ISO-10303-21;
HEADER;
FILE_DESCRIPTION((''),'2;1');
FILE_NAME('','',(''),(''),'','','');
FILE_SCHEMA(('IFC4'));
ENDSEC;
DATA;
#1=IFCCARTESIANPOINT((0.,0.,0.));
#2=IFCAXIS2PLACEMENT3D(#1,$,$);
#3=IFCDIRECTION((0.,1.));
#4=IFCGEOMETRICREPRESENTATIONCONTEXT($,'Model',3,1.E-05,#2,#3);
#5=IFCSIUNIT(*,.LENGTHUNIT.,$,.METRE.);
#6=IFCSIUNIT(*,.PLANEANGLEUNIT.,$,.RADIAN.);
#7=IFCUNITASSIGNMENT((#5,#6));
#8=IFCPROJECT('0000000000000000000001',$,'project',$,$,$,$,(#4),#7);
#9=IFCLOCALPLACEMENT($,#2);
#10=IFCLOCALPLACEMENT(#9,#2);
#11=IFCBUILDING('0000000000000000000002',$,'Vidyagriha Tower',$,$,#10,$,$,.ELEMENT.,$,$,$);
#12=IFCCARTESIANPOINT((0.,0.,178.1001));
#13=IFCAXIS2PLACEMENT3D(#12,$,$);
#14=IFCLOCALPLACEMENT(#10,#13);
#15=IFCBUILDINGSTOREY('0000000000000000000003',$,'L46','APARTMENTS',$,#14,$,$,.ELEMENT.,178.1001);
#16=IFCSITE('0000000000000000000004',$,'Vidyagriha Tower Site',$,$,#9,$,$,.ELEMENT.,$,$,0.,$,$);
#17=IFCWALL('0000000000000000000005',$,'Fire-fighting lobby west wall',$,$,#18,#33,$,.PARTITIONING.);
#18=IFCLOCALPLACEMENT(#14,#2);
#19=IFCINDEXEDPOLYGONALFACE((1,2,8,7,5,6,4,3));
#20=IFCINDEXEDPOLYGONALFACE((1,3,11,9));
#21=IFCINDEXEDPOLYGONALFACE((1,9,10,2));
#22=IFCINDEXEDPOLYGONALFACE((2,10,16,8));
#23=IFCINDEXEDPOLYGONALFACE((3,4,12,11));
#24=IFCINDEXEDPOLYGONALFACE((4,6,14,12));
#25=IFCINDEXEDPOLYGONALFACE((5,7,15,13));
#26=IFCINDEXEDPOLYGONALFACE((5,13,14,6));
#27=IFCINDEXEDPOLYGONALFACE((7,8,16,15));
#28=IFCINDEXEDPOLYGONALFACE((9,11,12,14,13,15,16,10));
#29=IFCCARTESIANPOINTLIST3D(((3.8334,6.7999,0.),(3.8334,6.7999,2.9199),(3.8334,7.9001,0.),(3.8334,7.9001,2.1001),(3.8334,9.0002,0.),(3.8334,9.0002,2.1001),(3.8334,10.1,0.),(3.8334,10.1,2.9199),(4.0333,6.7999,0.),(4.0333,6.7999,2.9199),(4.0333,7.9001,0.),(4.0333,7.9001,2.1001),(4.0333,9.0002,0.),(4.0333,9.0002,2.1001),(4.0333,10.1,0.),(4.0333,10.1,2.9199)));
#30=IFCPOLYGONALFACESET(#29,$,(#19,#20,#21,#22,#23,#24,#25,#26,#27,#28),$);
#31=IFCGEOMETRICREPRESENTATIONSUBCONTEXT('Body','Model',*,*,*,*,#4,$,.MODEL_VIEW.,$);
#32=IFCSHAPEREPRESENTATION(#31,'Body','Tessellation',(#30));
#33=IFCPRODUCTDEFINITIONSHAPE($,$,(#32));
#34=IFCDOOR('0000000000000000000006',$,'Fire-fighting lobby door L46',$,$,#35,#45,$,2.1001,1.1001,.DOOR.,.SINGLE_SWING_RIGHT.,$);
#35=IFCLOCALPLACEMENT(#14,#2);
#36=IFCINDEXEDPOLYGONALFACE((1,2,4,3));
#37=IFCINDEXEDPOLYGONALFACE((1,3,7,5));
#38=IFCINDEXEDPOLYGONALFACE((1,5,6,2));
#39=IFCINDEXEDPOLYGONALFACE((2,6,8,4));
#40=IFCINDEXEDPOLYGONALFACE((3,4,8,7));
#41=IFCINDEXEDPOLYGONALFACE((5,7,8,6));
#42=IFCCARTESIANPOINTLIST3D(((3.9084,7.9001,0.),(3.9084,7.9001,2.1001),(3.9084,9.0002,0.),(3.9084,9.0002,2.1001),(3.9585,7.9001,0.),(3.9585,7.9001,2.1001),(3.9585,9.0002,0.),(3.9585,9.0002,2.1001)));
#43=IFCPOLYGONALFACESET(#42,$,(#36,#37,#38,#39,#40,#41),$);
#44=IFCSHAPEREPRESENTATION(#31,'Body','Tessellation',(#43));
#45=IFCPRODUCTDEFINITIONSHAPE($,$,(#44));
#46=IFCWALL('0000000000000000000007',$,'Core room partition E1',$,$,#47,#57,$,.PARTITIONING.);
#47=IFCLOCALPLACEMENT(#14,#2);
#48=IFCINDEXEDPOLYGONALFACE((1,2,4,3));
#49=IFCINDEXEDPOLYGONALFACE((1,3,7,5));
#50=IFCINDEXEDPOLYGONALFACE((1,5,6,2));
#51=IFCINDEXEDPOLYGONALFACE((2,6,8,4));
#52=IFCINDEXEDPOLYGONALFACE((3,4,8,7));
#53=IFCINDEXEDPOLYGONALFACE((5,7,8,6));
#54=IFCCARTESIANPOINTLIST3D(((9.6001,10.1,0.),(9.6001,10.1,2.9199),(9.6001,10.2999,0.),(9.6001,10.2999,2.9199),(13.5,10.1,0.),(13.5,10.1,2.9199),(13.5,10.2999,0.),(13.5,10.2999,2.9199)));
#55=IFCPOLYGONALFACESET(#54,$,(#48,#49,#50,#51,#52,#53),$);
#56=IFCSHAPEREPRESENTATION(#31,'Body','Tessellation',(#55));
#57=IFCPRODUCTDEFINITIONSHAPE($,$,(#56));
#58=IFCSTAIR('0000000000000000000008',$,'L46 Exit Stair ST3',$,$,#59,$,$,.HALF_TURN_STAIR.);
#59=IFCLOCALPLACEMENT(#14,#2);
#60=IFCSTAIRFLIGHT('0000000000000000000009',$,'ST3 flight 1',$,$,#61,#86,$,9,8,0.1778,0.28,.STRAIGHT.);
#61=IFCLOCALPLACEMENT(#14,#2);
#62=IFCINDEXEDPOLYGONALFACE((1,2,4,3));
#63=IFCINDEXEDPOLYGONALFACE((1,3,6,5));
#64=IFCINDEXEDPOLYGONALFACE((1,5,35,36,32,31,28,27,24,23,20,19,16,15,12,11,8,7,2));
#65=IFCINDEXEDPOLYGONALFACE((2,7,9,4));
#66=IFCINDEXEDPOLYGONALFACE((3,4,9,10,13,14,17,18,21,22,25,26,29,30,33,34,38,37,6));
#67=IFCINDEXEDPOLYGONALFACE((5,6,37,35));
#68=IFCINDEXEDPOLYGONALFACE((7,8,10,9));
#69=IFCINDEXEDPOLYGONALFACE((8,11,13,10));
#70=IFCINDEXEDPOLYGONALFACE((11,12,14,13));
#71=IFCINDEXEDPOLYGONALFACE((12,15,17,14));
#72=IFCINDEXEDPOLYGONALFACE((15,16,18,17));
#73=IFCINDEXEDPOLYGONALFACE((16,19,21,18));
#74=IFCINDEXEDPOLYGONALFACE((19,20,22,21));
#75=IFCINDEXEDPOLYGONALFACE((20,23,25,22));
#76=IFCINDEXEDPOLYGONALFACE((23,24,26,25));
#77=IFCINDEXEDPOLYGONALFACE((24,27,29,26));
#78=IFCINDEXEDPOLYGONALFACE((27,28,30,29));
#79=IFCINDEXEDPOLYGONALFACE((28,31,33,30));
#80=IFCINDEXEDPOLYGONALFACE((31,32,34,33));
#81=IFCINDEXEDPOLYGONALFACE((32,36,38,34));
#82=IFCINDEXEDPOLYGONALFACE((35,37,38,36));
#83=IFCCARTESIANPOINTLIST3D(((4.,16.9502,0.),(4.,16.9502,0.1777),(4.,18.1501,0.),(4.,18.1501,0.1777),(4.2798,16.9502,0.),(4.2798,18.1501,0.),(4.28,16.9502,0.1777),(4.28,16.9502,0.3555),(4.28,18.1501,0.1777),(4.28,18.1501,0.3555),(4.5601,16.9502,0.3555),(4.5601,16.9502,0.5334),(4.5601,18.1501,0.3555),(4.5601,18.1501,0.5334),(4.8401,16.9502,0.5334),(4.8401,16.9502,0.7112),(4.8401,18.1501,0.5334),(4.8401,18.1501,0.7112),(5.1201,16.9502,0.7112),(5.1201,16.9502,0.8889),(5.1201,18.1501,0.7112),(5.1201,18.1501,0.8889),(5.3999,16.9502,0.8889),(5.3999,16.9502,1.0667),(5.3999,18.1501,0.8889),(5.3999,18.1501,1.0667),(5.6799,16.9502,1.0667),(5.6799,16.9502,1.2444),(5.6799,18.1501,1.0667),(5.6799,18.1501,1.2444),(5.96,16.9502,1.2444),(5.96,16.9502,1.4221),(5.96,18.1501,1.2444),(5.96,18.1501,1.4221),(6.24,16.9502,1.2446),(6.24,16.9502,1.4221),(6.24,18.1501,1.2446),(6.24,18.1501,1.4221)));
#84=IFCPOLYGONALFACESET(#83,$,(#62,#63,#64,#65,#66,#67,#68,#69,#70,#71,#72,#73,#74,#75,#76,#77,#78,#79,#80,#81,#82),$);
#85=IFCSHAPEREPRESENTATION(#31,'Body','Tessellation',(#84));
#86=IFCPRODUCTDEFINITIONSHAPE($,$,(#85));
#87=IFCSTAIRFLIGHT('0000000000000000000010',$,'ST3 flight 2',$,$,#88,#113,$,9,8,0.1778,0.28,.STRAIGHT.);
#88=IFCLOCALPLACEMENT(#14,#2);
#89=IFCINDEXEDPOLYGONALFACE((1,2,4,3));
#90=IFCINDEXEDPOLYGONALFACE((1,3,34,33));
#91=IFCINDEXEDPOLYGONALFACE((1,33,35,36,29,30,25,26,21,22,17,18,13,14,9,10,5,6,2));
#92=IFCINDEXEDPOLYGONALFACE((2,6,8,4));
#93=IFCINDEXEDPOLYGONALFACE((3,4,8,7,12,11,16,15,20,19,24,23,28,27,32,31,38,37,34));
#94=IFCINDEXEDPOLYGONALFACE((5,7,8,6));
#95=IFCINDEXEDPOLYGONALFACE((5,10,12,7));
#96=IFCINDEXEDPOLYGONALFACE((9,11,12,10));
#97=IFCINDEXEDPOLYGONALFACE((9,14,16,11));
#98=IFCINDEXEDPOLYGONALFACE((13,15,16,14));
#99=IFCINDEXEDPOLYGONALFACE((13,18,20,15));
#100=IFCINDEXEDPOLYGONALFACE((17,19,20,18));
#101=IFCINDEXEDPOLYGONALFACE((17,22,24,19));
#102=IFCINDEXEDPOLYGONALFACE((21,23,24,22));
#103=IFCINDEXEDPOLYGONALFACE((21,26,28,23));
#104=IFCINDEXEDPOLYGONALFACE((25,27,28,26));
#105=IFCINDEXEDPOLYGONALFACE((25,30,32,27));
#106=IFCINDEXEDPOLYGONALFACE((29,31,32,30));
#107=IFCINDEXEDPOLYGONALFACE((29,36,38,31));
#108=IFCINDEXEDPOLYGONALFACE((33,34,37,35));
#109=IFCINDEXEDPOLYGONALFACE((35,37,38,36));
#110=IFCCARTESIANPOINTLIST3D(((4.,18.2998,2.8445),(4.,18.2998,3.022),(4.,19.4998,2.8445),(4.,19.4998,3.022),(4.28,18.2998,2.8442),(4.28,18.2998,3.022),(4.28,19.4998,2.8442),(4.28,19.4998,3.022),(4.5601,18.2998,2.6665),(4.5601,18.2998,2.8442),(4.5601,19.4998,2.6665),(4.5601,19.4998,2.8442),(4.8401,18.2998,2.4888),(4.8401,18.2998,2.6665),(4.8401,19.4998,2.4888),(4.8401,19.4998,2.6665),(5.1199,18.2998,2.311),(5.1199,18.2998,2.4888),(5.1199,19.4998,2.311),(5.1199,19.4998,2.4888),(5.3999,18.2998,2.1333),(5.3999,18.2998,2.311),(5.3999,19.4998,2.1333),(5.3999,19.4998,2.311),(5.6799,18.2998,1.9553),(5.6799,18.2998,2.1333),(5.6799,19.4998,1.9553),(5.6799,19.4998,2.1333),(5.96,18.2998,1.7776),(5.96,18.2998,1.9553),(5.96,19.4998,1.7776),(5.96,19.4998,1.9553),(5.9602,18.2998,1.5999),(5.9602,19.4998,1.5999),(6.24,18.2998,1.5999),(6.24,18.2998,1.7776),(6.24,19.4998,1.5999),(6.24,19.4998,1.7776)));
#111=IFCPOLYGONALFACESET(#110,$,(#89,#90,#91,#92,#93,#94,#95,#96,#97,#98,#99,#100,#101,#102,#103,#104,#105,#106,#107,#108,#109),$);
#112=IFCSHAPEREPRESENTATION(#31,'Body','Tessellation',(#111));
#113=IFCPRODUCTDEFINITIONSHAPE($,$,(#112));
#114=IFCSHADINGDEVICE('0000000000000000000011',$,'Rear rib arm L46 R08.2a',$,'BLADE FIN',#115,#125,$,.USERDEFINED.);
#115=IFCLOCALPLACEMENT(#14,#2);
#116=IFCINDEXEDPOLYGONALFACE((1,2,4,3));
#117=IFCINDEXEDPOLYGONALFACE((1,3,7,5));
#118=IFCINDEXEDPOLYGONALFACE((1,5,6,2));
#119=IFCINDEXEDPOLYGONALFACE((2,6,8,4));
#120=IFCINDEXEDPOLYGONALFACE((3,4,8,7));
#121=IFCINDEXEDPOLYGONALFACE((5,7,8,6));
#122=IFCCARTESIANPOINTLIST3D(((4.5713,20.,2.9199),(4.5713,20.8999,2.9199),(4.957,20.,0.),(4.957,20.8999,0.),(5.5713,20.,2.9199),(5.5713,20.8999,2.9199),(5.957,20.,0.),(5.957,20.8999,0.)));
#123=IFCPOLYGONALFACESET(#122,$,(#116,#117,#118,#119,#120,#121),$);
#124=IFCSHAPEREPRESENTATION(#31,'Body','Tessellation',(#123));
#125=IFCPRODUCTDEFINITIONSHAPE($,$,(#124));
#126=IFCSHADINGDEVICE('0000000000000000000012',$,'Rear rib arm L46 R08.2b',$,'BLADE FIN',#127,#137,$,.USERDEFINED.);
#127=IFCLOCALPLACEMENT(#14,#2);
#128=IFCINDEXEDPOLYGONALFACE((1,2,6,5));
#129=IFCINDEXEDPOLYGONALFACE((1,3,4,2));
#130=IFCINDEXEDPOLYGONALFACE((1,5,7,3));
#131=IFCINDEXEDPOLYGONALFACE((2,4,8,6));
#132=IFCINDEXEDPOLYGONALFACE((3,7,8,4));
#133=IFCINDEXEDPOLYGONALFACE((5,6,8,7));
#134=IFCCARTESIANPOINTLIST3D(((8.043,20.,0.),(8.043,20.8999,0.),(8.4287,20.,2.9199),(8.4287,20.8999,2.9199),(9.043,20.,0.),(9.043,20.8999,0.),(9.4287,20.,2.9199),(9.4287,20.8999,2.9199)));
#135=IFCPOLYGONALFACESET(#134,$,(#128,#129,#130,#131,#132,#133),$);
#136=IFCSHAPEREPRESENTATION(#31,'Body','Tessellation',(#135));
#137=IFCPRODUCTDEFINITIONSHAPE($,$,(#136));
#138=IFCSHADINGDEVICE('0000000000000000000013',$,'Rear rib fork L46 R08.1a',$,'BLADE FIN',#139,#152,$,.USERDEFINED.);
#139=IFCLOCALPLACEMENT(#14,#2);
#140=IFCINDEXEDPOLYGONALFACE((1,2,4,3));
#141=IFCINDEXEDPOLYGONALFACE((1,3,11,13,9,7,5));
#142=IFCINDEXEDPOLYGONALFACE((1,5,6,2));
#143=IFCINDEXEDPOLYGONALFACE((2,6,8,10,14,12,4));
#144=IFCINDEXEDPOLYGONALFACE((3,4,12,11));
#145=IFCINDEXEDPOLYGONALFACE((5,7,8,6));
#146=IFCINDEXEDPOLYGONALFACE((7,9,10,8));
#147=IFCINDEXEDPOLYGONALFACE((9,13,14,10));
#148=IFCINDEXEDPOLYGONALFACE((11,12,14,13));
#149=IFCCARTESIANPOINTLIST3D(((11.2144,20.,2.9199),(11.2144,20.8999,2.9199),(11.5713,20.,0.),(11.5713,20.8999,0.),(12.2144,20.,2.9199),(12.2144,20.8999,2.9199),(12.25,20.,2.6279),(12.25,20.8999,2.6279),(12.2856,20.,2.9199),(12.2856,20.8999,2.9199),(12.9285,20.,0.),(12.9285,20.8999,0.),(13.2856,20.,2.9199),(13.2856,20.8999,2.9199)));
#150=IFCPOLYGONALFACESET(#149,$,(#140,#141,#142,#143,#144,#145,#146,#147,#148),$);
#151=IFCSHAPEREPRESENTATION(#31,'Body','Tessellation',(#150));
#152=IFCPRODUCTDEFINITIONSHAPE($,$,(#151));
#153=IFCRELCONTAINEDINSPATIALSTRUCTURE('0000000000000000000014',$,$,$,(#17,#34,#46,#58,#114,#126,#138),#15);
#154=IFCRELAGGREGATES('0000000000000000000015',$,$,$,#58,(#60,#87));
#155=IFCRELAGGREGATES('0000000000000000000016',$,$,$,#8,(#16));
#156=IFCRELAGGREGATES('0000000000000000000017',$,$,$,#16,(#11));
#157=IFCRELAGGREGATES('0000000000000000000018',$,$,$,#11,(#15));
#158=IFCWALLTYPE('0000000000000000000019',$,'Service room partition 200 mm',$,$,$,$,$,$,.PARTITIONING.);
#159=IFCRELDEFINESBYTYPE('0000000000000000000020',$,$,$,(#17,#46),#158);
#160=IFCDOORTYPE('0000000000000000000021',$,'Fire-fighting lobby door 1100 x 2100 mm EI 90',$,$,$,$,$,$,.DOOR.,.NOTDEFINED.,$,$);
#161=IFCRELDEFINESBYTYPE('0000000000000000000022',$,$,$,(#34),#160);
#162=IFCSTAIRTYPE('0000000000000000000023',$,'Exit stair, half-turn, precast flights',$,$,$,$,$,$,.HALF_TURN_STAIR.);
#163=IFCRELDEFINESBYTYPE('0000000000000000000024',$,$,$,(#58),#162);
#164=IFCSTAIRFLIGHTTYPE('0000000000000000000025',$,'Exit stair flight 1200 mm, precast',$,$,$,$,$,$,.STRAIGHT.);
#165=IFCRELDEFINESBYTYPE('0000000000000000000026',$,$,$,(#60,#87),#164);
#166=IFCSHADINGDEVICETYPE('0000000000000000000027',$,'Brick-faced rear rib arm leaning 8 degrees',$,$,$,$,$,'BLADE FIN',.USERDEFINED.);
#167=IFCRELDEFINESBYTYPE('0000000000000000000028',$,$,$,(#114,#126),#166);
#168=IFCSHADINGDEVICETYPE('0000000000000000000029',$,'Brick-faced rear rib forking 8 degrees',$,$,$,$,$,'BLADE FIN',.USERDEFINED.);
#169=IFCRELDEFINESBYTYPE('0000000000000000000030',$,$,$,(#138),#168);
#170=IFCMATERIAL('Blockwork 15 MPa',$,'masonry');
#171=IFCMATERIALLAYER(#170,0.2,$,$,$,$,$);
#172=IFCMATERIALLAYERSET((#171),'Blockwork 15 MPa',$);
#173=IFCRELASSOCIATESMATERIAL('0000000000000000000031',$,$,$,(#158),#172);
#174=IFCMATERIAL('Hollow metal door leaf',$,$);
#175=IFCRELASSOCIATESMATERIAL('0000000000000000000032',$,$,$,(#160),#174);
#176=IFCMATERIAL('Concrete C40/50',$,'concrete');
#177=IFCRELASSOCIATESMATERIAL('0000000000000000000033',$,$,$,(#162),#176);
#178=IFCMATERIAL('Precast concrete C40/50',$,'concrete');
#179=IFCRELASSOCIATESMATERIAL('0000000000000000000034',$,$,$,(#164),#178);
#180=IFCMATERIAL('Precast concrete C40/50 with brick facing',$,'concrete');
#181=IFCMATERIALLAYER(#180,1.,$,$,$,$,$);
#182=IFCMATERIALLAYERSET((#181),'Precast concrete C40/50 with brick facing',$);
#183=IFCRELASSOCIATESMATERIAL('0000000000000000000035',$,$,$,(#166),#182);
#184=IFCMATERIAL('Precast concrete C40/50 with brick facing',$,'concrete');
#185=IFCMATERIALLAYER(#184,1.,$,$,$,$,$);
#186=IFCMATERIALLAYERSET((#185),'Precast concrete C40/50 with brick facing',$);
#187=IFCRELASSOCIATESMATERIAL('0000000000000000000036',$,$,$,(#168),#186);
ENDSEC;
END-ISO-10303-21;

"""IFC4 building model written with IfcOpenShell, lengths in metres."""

from ifc_helpers import new_model, si_unit, direction, frame, frame_2d, origin, place, context, subcontext, project, spatial, polyline, rectangle, outline, extrude, material, layer, layer_set, type_object, element, fill, aggregate, save


model = new_model("IFC4")

# Units and contexts
model_context = context("Model", 3, precision=1e-05, world=origin(), true_north=direction((0.0, 1.0)))
body_context = subcontext(model_context, "Body", "Model", "MODEL_VIEW")
ifc_project = project(units=[si_unit("LENGTHUNIT", "METRE"), si_unit("PLANEANGLEUNIT", "RADIAN")], contexts=[model_context])

# Site, building, storey
site_placement = place(None, origin())
site = spatial("IfcSite", under=ifc_project, at=site_placement, Name="Vidyagriha Tower Site", CompositionType="ELEMENT", RefElevation=0.0)
building_placement = place(site_placement, origin())
building = spatial("IfcBuilding", under=site, at=building_placement, Name="Vidyagriha Tower", CompositionType="ELEMENT")
storey_placement = place(building_placement, frame((0.0, 0.0, 178.1001)))
storey = spatial("IfcBuildingStorey", under=building, at=storey_placement, Name="L46", Description="APARTMENTS", CompositionType="ELEMENT", Elevation=178.1001)

# Wall, opening, door
ifc_material_1 = material(Name="Blockwork 15 MPa", Category="masonry")
ifc_layer_1 = layer(ifc_material_1, 0.2)
ifc_layer_set_1 = layer_set([ifc_layer_1], Name="Blockwork 15 MPa")
wall_type_1 = type_object("IfcWallType", Name="Service room partition 200 mm", PredefinedType="PARTITIONING", material=ifc_layer_set_1)
wall_1_placement = place(storey_placement, frame((3.9333, 6.8, 0.0), z_axis=(0.0, 0.0, 1.0), x_axis=(0.0, 1.0, 0.0)))
wall_1 = element("IfcWall", 1, at=wall_1_placement, inside=storey, type_object=wall_type_1, Name="Fire-fighting lobby west wall", PredefinedType="PARTITIONING", context=body_context, shape_type="SweptSolid", body=[
    extrude(rectangle(XDim=3.3, YDim=0.2, at=frame_2d((1.6499, 0.0))), origin(), (0.0, 0.0, 1.0), 2.9199),
])
opening_1_placement = place(wall_1_placement, frame((1.1001, 0.0, 0.0)))
opening_1 = element("IfcOpeningElement", 2, at=opening_1_placement, cuts=wall_1, PredefinedType="OPENING", context=body_context, shape_type="SweptSolid", body=[
    extrude(rectangle(XDim=1.1001, YDim=2.1001, at=frame_2d((0.55, 1.05))), frame((0.0, 0.1099, 0.0), z_axis=(0.0, -1.0, 0.0), x_axis=(1.0, 0.0, 0.0)), (0.0, 0.0, 1.0), 0.22),
])
ifc_material_2 = material(Name="Hollow metal door leaf")
door_type_1 = type_object("IfcDoorType", Name="Fire-fighting lobby door 1100 x 2100 mm EI 90", OperationType="NOTDEFINED", PredefinedType="DOOR", material=ifc_material_2)
door_1_placement = place(opening_1_placement, origin())
door_1 = element("IfcDoor", 3, at=door_1_placement, inside=storey, type_object=door_type_1, Name="Fire-fighting lobby door L46", OperationType="SINGLE_SWING_RIGHT", OverallHeight=2.1001, OverallWidth=1.1001, PredefinedType="DOOR", context=body_context, shape_type="SweptSolid", body=[
    extrude(rectangle(XDim=1.1001, YDim=2.1001, at=frame_2d((0.55, 1.05))), frame((0.0, 0.0249, 0.0), z_axis=(0.0, -1.0, 0.0), x_axis=(1.0, 0.0, 0.0)), (0.0, 0.0, 1.0), 0.05),
])
fill(opening_1, door_1)

# Wall
wall_2_placement = place(storey_placement, frame((9.6001, 10.2, 0.0)))
element("IfcWall", 4, at=wall_2_placement, inside=storey, type_object=wall_type_1, Name="Core room partition E1", PredefinedType="PARTITIONING", context=body_context, shape_type="SweptSolid", body=[
    extrude(rectangle(XDim=3.8999, YDim=0.2, at=frame_2d((1.95, 0.0))), origin(), (0.0, 0.0, 1.0), 2.9199),
])

# Stair, stair flights
ifc_material_3 = material(Name="Concrete C40/50", Category="concrete")
stair_type = type_object("IfcStairType", Name="Exit stair, half-turn, precast flights", PredefinedType="HALF_TURN_STAIR", material=ifc_material_3)
stair_placement = place(storey_placement, origin())
stair = element("IfcStair", 5, at=stair_placement, inside=storey, type_object=stair_type, Name="L46 Exit Stair ST3", PredefinedType="HALF_TURN_STAIR")
ifc_material_4 = material(Name="Precast concrete C40/50", Category="concrete")
stair_flight_type = type_object("IfcStairFlightType", Name="Exit stair flight 1200 mm, precast", PredefinedType="STRAIGHT", material=ifc_material_4)
stair_flight_1_placement = place(storey_placement, frame((4.0, 17.55, 0.0)))
stair_flight_1 = element("IfcStairFlight", 6, at=stair_flight_1_placement, type_object=stair_flight_type, Name="ST3 flight 1", NumberOfRisers=9, NumberOfTreads=8, PredefinedType="STRAIGHT", RiserHeight=0.1778, TreadLength=0.28, context=body_context, shape_type="SweptSolid", body=[
    extrude(outline(polyline([(0.0, 0.0), (0.0, 0.1777), (0.28, 0.1777), (0.28, 0.3555), (0.5601, 0.3555), (0.5601, 0.5334), (0.8401, 0.5334), (0.8401, 0.7112), (1.1201, 0.7112), (1.1201, 0.8889), (1.3999, 0.8889), (1.3999, 1.0667), (1.6799, 1.0667), (1.6799, 1.2444), (1.96, 1.2444), (1.96, 1.4221), (2.24, 1.4221), (2.24, 1.6001), (2.24, 1.2446), (0.2798, 0.0), (0.0, 0.0)])), frame((0.0, 0.6001, 0.0), z_axis=(0.0, -1.0, 0.0), x_axis=(1.0, 0.0, 0.0)), (0.0, 0.0, 1.0), 1.2),
])
stair_flight_2_placement = place(storey_placement, frame((6.24, 18.8999, 1.5999), z_axis=(0.0, 0.0, 1.0), x_axis=(-1.0, 0.0, 0.0)))
stair_flight_2 = element("IfcStairFlight", 7, at=stair_flight_2_placement, type_object=stair_flight_type, Name="ST3 flight 2", NumberOfRisers=9, NumberOfTreads=8, PredefinedType="STRAIGHT", RiserHeight=0.1778, TreadLength=0.28, context=body_context, shape_type="SweptSolid", body=[
    extrude(outline(polyline([(0.0, 0.0), (0.0, 0.1777), (0.28, 0.1777), (0.28, 0.3555), (0.5601, 0.3555), (0.5601, 0.5334), (0.8401, 0.5334), (0.8401, 0.7112), (1.1201, 0.7112), (1.1201, 0.8889), (1.3999, 0.8889), (1.3999, 1.0667), (1.6799, 1.0667), (1.6799, 1.2444), (1.96, 1.2444), (1.96, 1.4221), (2.24, 1.4221), (2.24, 1.6001), (2.24, 1.2446), (0.2798, 0.0), (0.0, 0.0)])), frame((0.0, 0.6001, 0.0), z_axis=(0.0, -1.0, 0.0), x_axis=(1.0, 0.0, 0.0)), (0.0, 0.0, 1.0), 1.2),
])
aggregate(stair, [stair_flight_1, stair_flight_2])

# Shading devices
ifc_material_5 = material(Name="Precast concrete C40/50 with brick facing", Category="concrete")
ifc_layer_2 = layer(ifc_material_5, 1.0)
ifc_layer_set_2 = layer_set([ifc_layer_2], Name="Precast concrete C40/50 with brick facing")
shading_device_type_1 = type_object("IfcShadingDeviceType", Name="Brick-faced rear rib arm leaning 8 degrees", ElementType="BLADE FIN", PredefinedType="USERDEFINED", material=ifc_layer_set_2)
shading_device_1_placement = place(storey_placement, frame((5.957, 20.45, 0.0), z_axis=(0.0, 0.0, 1.0), x_axis=(-1.0, 0.0, 0.0)))
element("IfcShadingDevice", 8, at=shading_device_1_placement, inside=storey, type_object=shading_device_type_1, Name="Rear rib arm L46 R08.2a", ObjectType="BLADE FIN", PredefinedType="USERDEFINED", context=body_context, shape_type="SweptSolid", body=[
    extrude(outline(polyline([(0.0, 0.0), (1.0, 0.0), (1.3857, 2.9199), (0.3857, 2.9199), (0.0, 0.0)])), frame((0.0, 0.45, 0.0), z_axis=(0.0, -1.0, 0.0), x_axis=(1.0, 0.0, 0.0)), (0.0, 0.0, 1.0), 0.8999),
])
shading_device_2_placement = place(storey_placement, frame((9.4287, 20.45, 0.0), z_axis=(0.0, 0.0, 1.0), x_axis=(-1.0, 0.0, 0.0)))
element("IfcShadingDevice", 9, at=shading_device_2_placement, inside=storey, type_object=shading_device_type_1, Name="Rear rib arm L46 R08.2b", ObjectType="BLADE FIN", PredefinedType="USERDEFINED", context=body_context, shape_type="SweptSolid", body=[
    extrude(outline(polyline([(0.3857, 0.0), (1.3857, 0.0), (1.0, 2.9199), (0.0, 2.9199), (0.3857, 0.0)])), frame((0.0, 0.45, 0.0), z_axis=(0.0, -1.0, 0.0), x_axis=(1.0, 0.0, 0.0)), (0.0, 0.0, 1.0), 0.8999),
])
ifc_material_6 = material(Name="Precast concrete C40/50 with brick facing", Category="concrete")
ifc_layer_3 = layer(ifc_material_6, 1.0)
ifc_layer_set_3 = layer_set([ifc_layer_3], Name="Precast concrete C40/50 with brick facing")
shading_device_type_2 = type_object("IfcShadingDeviceType", Name="Brick-faced rear rib forking 8 degrees", ElementType="BLADE FIN", PredefinedType="USERDEFINED", material=ifc_layer_set_3)
shading_device_3_placement = place(storey_placement, frame((13.2856, 20.45, 0.0), z_axis=(0.0, 0.0, 1.0), x_axis=(-1.0, 0.0, 0.0)))
element("IfcShadingDevice", 10, at=shading_device_3_placement, inside=storey, type_object=shading_device_type_2, Name="Rear rib fork L46 R08.1a", ObjectType="BLADE FIN", PredefinedType="USERDEFINED", context=body_context, shape_type="SweptSolid", body=[
    extrude(outline(polyline([(0.3572, 0.0), (1.7144, 0.0), (2.0713, 2.9199), (1.0713, 2.9199), (1.0356, 2.6279), (1.0, 2.9199), (0.0, 2.9199), (0.3572, 0.0)])), frame((0.0, 0.45, 0.0), z_axis=(0.0, -1.0, 0.0), x_axis=(1.0, 0.0, 0.0)), (0.0, 0.0, 1.0), 0.8999),
])

save(model, "model.ifc")
